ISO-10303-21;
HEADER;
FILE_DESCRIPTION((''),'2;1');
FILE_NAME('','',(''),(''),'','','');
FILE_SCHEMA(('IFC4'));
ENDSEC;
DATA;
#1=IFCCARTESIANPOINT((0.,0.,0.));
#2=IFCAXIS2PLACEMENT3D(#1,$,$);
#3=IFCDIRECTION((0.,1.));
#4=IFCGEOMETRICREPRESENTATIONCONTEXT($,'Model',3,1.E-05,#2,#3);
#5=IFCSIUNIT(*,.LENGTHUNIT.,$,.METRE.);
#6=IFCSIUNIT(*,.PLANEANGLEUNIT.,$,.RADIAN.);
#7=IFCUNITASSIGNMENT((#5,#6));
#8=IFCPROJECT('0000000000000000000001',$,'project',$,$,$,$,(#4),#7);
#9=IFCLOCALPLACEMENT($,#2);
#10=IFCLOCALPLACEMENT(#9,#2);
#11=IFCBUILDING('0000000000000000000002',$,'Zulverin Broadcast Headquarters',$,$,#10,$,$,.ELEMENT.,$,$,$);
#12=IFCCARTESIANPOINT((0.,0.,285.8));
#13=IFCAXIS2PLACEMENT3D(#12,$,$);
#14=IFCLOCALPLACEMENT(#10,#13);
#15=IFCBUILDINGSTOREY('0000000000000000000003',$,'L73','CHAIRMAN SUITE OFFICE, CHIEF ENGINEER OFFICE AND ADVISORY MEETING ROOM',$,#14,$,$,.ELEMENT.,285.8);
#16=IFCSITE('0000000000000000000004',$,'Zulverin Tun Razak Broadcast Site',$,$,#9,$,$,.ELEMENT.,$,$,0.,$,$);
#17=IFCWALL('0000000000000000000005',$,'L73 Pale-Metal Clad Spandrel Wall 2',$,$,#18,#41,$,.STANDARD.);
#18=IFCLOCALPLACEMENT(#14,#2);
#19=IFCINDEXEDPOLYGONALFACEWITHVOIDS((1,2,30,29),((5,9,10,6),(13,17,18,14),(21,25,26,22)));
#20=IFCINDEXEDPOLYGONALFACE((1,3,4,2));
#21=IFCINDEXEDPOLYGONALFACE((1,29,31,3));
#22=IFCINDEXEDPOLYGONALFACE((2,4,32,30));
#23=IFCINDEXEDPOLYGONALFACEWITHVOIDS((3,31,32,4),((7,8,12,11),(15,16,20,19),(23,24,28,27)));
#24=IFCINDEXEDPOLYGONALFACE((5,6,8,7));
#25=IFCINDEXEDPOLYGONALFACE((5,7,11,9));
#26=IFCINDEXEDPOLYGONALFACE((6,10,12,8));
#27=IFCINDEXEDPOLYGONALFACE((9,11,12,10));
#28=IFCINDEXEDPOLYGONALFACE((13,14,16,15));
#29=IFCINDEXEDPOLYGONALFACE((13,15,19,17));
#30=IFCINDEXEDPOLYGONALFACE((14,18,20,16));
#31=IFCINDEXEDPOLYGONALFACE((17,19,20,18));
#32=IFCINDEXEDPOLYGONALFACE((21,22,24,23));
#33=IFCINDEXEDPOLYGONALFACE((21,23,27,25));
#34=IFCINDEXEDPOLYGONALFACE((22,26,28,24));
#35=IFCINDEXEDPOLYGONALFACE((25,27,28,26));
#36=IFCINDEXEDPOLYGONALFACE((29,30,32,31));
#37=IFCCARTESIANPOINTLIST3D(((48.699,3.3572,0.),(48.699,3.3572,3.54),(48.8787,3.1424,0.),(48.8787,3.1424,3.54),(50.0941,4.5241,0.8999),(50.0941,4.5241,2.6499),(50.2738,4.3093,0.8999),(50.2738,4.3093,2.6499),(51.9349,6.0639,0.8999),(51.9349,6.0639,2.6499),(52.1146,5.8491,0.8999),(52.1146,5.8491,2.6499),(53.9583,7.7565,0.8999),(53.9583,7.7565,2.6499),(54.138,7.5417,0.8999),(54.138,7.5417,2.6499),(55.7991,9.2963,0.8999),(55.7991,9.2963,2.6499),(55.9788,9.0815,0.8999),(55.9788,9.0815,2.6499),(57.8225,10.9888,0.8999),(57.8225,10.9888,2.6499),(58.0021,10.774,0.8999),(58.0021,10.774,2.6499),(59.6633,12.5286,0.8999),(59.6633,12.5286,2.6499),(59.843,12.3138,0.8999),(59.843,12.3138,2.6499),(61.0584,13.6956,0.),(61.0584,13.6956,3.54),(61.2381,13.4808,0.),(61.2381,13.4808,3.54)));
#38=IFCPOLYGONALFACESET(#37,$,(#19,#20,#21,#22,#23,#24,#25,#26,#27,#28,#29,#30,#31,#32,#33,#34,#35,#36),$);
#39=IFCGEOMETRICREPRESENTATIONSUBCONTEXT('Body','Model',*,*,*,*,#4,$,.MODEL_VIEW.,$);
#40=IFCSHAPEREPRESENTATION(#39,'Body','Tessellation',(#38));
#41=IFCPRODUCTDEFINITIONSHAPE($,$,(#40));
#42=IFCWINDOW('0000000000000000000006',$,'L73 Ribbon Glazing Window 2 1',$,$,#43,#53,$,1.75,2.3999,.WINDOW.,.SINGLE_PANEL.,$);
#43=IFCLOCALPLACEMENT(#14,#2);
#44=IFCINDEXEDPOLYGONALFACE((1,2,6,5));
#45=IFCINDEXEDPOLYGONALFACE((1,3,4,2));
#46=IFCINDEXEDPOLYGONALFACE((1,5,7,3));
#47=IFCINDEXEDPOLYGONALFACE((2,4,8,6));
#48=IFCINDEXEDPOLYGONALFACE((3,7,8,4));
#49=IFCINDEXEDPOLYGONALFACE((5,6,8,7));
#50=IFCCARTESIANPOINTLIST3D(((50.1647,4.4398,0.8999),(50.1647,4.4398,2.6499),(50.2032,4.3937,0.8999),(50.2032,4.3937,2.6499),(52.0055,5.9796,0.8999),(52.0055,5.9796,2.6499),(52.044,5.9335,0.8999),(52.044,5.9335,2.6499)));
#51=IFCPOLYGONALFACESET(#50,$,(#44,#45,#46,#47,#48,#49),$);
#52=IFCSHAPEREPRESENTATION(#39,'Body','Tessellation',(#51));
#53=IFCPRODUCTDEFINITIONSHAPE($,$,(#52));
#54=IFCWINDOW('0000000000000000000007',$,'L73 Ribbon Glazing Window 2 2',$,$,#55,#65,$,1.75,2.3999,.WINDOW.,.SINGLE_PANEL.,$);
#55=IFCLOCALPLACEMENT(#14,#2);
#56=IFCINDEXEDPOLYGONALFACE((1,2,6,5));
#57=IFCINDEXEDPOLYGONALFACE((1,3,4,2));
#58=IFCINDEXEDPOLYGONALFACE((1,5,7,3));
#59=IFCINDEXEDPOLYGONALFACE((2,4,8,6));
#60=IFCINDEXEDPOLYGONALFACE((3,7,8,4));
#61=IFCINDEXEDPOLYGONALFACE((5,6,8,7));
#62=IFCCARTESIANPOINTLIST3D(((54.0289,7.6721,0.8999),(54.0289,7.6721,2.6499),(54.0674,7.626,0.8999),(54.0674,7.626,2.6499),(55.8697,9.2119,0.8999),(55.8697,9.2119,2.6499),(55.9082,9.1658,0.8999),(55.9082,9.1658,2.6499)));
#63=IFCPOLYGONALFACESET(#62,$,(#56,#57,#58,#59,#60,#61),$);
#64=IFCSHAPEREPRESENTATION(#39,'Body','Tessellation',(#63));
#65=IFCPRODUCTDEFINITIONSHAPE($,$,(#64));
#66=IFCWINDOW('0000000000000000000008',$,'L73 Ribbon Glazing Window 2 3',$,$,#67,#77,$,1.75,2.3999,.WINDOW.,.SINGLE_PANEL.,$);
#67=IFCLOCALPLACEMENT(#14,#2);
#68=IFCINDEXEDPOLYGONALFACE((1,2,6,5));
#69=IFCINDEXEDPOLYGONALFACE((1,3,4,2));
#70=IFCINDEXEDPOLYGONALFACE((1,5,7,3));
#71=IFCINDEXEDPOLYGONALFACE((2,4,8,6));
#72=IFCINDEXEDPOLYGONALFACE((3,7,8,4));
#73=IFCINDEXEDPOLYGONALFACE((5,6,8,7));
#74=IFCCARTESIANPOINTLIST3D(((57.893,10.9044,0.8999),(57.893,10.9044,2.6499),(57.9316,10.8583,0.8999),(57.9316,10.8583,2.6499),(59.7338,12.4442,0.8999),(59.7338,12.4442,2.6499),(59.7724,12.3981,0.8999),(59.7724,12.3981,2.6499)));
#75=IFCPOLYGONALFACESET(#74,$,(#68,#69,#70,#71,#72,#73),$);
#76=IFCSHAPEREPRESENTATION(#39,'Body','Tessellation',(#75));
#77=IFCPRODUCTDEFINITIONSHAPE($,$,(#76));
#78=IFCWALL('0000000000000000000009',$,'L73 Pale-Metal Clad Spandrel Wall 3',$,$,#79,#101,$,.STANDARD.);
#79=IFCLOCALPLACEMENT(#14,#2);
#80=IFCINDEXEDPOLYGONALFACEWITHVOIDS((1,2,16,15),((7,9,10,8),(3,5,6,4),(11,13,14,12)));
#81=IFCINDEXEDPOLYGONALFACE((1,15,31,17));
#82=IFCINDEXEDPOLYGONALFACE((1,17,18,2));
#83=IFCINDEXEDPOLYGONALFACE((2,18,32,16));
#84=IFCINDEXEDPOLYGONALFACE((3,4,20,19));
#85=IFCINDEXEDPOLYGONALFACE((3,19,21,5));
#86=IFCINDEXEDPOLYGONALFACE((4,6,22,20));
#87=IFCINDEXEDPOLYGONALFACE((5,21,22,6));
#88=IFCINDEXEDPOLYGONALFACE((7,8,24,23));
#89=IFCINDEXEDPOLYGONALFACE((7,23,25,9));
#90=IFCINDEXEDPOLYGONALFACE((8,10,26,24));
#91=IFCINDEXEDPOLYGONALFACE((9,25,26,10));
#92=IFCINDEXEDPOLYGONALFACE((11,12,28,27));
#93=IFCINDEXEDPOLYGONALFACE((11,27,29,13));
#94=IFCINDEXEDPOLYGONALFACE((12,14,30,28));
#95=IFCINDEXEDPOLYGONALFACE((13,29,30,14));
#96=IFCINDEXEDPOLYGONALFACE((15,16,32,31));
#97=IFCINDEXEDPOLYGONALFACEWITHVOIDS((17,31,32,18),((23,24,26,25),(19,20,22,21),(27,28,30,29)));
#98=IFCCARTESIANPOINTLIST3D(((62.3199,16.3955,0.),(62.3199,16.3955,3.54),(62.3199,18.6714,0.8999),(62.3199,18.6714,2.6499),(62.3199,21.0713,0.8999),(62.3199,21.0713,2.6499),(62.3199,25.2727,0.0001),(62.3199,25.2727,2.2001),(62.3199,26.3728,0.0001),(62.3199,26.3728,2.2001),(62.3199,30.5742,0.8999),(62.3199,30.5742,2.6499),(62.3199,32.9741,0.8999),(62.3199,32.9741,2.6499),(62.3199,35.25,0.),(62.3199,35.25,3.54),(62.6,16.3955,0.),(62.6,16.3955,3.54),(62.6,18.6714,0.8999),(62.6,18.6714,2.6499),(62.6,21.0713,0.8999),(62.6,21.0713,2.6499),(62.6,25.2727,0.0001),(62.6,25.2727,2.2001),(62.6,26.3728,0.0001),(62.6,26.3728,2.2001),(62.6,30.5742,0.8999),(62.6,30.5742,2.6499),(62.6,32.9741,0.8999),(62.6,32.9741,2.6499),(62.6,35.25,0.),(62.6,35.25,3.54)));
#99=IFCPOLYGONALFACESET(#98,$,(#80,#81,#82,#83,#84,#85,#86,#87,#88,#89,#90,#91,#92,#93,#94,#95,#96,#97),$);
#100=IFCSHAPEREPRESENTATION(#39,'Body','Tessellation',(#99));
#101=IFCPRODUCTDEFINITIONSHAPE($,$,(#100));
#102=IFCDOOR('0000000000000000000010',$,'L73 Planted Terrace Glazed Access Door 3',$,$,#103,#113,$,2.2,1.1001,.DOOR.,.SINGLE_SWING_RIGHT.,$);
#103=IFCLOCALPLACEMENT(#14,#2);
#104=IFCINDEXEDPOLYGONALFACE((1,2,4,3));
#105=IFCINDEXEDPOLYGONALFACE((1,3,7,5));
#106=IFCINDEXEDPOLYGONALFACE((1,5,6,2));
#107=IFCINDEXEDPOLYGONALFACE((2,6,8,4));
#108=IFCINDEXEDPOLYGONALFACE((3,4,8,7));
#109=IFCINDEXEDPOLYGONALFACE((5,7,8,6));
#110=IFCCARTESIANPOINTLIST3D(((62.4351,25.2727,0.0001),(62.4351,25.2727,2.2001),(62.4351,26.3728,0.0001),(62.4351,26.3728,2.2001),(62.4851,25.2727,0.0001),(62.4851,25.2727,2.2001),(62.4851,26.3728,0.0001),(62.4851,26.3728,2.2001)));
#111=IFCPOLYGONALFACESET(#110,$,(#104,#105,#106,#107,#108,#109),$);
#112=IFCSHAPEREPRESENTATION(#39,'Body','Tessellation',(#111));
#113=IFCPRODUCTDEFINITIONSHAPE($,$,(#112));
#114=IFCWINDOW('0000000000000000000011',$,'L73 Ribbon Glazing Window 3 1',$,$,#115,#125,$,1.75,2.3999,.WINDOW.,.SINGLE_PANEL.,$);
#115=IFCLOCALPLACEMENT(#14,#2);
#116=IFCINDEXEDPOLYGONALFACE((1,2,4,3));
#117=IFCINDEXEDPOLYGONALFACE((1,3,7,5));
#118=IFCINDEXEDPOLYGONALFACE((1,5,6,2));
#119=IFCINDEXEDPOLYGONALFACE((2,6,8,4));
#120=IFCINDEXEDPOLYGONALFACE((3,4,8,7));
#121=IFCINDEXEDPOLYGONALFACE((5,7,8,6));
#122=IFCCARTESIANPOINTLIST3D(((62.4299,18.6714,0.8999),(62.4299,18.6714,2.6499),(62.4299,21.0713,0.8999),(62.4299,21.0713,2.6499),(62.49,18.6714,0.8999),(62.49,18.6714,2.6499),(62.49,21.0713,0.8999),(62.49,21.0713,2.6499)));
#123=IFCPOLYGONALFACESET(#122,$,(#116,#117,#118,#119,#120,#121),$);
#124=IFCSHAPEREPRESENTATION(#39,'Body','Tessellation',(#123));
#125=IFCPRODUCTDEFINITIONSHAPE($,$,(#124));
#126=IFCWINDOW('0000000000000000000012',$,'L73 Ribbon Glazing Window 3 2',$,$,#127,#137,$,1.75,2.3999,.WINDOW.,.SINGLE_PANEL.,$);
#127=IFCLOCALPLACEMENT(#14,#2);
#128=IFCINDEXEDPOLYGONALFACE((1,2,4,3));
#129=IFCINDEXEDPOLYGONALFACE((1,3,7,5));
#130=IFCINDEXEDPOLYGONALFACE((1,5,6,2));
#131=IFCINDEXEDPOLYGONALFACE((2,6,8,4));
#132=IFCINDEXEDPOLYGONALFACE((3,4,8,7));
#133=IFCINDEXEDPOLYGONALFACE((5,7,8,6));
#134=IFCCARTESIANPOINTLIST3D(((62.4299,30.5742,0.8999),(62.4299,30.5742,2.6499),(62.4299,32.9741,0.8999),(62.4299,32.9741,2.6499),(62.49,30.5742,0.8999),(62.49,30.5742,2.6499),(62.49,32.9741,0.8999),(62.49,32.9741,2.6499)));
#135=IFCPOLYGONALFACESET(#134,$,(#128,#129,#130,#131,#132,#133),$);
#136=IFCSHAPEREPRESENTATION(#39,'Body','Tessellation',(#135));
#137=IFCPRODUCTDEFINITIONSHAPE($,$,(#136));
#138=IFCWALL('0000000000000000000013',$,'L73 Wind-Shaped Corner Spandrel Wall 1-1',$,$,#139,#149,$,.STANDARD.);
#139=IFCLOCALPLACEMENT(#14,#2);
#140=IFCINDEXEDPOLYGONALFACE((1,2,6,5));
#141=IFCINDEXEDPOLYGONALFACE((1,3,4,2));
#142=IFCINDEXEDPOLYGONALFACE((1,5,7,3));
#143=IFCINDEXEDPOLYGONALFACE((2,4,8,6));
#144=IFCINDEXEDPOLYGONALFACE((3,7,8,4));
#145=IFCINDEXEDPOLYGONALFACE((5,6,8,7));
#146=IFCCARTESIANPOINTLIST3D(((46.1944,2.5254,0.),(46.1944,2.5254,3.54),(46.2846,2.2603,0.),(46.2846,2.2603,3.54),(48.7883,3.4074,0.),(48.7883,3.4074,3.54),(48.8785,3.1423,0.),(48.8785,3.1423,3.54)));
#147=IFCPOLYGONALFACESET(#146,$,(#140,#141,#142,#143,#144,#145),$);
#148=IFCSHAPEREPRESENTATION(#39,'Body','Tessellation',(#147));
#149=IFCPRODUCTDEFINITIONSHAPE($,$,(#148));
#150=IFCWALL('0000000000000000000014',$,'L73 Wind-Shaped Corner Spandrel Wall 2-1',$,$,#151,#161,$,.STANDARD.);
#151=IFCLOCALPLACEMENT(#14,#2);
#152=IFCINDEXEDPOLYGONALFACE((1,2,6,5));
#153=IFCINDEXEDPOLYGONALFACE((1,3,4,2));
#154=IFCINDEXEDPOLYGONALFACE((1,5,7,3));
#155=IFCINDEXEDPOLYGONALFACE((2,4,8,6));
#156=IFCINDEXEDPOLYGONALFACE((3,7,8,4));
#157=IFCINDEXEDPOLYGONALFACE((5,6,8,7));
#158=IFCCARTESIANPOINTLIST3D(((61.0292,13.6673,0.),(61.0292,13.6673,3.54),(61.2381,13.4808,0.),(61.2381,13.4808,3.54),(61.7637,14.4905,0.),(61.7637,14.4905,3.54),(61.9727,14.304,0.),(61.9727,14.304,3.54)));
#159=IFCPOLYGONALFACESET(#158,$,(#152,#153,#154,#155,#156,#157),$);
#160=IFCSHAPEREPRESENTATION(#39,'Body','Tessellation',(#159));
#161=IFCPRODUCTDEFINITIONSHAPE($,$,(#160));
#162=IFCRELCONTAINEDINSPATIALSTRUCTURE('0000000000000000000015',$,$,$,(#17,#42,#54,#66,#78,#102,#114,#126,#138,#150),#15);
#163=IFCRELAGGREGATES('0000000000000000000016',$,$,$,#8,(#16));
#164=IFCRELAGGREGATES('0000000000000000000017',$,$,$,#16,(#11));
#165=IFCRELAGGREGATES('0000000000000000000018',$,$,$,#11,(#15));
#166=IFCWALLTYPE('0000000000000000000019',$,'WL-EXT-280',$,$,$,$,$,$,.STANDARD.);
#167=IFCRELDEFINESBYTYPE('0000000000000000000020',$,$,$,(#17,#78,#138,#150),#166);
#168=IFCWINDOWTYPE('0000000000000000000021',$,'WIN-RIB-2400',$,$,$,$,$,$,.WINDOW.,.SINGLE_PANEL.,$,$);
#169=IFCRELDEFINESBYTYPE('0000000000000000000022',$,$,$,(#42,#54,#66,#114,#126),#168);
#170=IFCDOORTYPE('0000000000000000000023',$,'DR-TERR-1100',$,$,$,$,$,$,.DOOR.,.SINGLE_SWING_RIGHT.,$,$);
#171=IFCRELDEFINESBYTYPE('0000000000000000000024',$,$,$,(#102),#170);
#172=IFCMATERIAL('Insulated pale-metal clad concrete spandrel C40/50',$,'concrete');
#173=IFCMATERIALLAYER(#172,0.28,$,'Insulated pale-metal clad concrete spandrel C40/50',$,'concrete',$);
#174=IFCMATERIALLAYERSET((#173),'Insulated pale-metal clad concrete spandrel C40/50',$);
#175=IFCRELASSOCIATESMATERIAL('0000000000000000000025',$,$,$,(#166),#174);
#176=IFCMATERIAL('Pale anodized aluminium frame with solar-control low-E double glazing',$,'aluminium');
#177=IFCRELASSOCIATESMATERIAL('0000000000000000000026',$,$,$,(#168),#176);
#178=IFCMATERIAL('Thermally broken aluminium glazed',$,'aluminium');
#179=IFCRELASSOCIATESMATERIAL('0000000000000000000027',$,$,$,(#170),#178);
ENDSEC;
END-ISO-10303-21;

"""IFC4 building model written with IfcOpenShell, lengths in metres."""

from ifc_helpers import new_model, si_unit, direction, frame, frame_2d, origin, place, context, subcontext, project, spatial, rectangle, extrude, material, layer, layer_set, type_object, element, fill, save


model = new_model("IFC4")

# Units and contexts
model_context = context("Model", 3, precision=1e-05, world=origin(), true_north=direction((0.0, 1.0)))
body_context = subcontext(model_context, "Body", "Model", "MODEL_VIEW")
ifc_project = project(units=[si_unit("LENGTHUNIT", "METRE"), si_unit("PLANEANGLEUNIT", "RADIAN")], contexts=[model_context])

# Site, building, storey
site_placement = place(None, origin())
site = spatial("IfcSite", under=ifc_project, at=site_placement, Name="Zulverin Tun Razak Broadcast Site", CompositionType="ELEMENT", RefElevation=0.0)
building_placement = place(site_placement, origin())
building = spatial("IfcBuilding", under=site, at=building_placement, Name="Zulverin Broadcast Headquarters", CompositionType="ELEMENT")
storey_placement = place(building_placement, frame((0.0, 0.0, 285.8)))
storey = spatial("IfcBuildingStorey", under=building, at=storey_placement, Name="L73", Description="CHAIRMAN SUITE OFFICE, CHIEF ENGINEER OFFICE AND ADVISORY MEETING ROOM", CompositionType="ELEMENT", Elevation=285.8)

# Wall, openings, windows
ifc_material_1 = material(Name="Insulated pale-metal clad concrete spandrel C40/50", Category="concrete")
ifc_layer_1 = layer(ifc_material_1, 0.28, Name="Insulated pale-metal clad concrete spandrel C40/50", Category="concrete")
ifc_layer_set_1 = layer_set([ifc_layer_1], Name="Insulated pale-metal clad concrete spandrel C40/50")
wall_type_1 = type_object("IfcWallType", Name="WL-EXT-280", PredefinedType="STANDARD", material=ifc_layer_set_1)
wall_1_placement = place(storey_placement, frame((48.7888, 3.2498, 0.0), z_axis=(0.0, 0.0, 1.0), x_axis=(0.767033, 0.641608, 0.0)))
wall_1 = element("IfcWall", 1, at=wall_1_placement, inside=storey, type_object=wall_type_1, Name="L73 Pale-Metal Clad Spandrel Wall 2", PredefinedType="STANDARD", context=body_context, shape_type="SweptSolid", body=[
    extrude(rectangle(XDim=16.1133, YDim=0.28, at=frame_2d((8.0566, 0.0))), origin(), (0.0, 0.0, 1.0), 3.54),
])
opening_1_placement = place(wall_1_placement, frame((1.8188, 0.0, 0.8999)))
opening_1 = element("IfcOpeningElement", 2, at=opening_1_placement, cuts=wall_1, PredefinedType="OPENING", context=body_context, shape_type="SweptSolid", body=[
    extrude(rectangle(XDim=2.3999, YDim=1.75, at=frame_2d((1.2, 0.875))), frame((0.0, 0.1499, 0.0), z_axis=(0.0, -1.0, 0.0), x_axis=(1.0, 0.0, 0.0)), (0.0, 0.0, 1.0), 0.3),
])
opening_2_placement = place(wall_1_placement, frame((6.8567, 0.0, 0.8999)))
opening_2 = element("IfcOpeningElement", 3, at=opening_2_placement, cuts=wall_1, PredefinedType="OPENING", context=body_context, shape_type="SweptSolid", body=[
    extrude(rectangle(XDim=2.3999, YDim=1.75, at=frame_2d((1.2, 0.875))), frame((0.0, 0.1499, 0.0), z_axis=(0.0, -1.0, 0.0), x_axis=(1.0, 0.0, 0.0)), (0.0, 0.0, 1.0), 0.3),
])
opening_3_placement = place(wall_1_placement, frame((11.8945, 0.0, 0.8999)))
opening_3 = element("IfcOpeningElement", 4, at=opening_3_placement, cuts=wall_1, PredefinedType="OPENING", context=body_context, shape_type="SweptSolid", body=[
    extrude(rectangle(XDim=2.3999, YDim=1.75, at=frame_2d((1.2, 0.875))), frame((0.0, 0.1499, 0.0), z_axis=(0.0, -1.0, 0.0), x_axis=(1.0, 0.0, 0.0)), (0.0, 0.0, 1.0), 0.3),
])
ifc_material_2 = material(Name="Pale anodized aluminium frame with solar-control low-E double glazing", Category="aluminium")
window_type = type_object("IfcWindowType", Name="WIN-RIB-2400", PartitioningType="SINGLE_PANEL", PredefinedType="WINDOW", material=ifc_material_2)
window_1_placement = place(opening_1_placement, origin())
window_1 = element("IfcWindow", 5, at=window_1_placement, inside=storey, type_object=window_type, Name="L73 Ribbon Glazing Window 2 1", OverallHeight=1.75, OverallWidth=2.3999, PartitioningType="SINGLE_PANEL", PredefinedType="WINDOW", context=body_context, shape_type="SweptSolid", body=[
    extrude(rectangle(XDim=2.3999, YDim=1.75, at=frame_2d((1.2, 0.875))), frame((0.0, 0.03, 0.0), z_axis=(0.0, -1.0, 0.0), x_axis=(1.0, 0.0, 0.0)), (0.0, 0.0, 1.0), 0.0601),
])
fill(opening_1, window_1)
window_2_placement = place(opening_2_placement, origin())
window_2 = element("IfcWindow", 6, at=window_2_placement, inside=storey, type_object=window_type, Name="L73 Ribbon Glazing Window 2 2", OverallHeight=1.75, OverallWidth=2.3999, PartitioningType="SINGLE_PANEL", PredefinedType="WINDOW", context=body_context, shape_type="SweptSolid", body=[
    extrude(rectangle(XDim=2.3999, YDim=1.75, at=frame_2d((1.2, 0.875))), frame((0.0, 0.03, 0.0), z_axis=(0.0, -1.0, 0.0), x_axis=(1.0, 0.0, 0.0)), (0.0, 0.0, 1.0), 0.0601),
])
fill(opening_2, window_2)
window_3_placement = place(opening_3_placement, origin())
window_3 = element("IfcWindow", 7, at=window_3_placement, inside=storey, type_object=window_type, Name="L73 Ribbon Glazing Window 2 3", OverallHeight=1.75, OverallWidth=2.3999, PartitioningType="SINGLE_PANEL", PredefinedType="WINDOW", context=body_context, shape_type="SweptSolid", body=[
    extrude(rectangle(XDim=2.3999, YDim=1.75, at=frame_2d((1.2, 0.875))), frame((0.0, 0.03, 0.0), z_axis=(0.0, -1.0, 0.0), x_axis=(1.0, 0.0, 0.0)), (0.0, 0.0, 1.0), 0.0601),
])
fill(opening_3, window_3)

# Wall, openings, door, windows
wall_2_placement = place(storey_placement, frame((62.46, 16.3955, 0.0), z_axis=(0.0, 0.0, 1.0), x_axis=(0.0, 1.0, 0.0)))
wall_2 = element("IfcWall", 8, at=wall_2_placement, inside=storey, type_object=wall_type_1, Name="L73 Pale-Metal Clad Spandrel Wall 3", PredefinedType="STANDARD", context=body_context, shape_type="SweptSolid", body=[
    extrude(rectangle(XDim=18.8545, YDim=0.28, at=frame_2d((9.4272, 0.0))), origin(), (0.0, 0.0, 1.0), 3.54),
])
opening_4_placement = place(wall_2_placement, frame((8.8772, 0.0, 0.0)))
opening_4 = element("IfcOpeningElement", 9, at=opening_4_placement, cuts=wall_2, PredefinedType="OPENING", context=body_context, shape_type="SweptSolid", body=[
    extrude(rectangle(XDim=1.1001, YDim=2.2, at=frame_2d((0.55, 1.1001))), frame((0.0, 0.1499, 0.0), z_axis=(0.0, -1.0, 0.0), x_axis=(1.0, 0.0, 0.0)), (0.0, 0.0, 1.0), 0.3),
])
opening_5_placement = place(wall_2_placement, frame((2.2759, 0.0, 0.8999)))
opening_5 = element("IfcOpeningElement", 10, at=opening_5_placement, cuts=wall_2, PredefinedType="OPENING", context=body_context, shape_type="SweptSolid", body=[
    extrude(rectangle(XDim=2.3999, YDim=1.75, at=frame_2d((1.2, 0.875))), frame((0.0, 0.1499, 0.0), z_axis=(0.0, -1.0, 0.0), x_axis=(1.0, 0.0, 0.0)), (0.0, 0.0, 1.0), 0.3),
])
opening_6_placement = place(wall_2_placement, frame((14.1787, 0.0, 0.8999)))
opening_6 = element("IfcOpeningElement", 11, at=opening_6_placement, cuts=wall_2, PredefinedType="OPENING", context=body_context, shape_type="SweptSolid", body=[
    extrude(rectangle(XDim=2.3999, YDim=1.75, at=frame_2d((1.2, 0.875))), frame((0.0, 0.1499, 0.0), z_axis=(0.0, -1.0, 0.0), x_axis=(1.0, 0.0, 0.0)), (0.0, 0.0, 1.0), 0.3),
])
ifc_material_3 = material(Name="Thermally broken aluminium glazed", Category="aluminium")
door_type = type_object("IfcDoorType", Name="DR-TERR-1100", OperationType="SINGLE_SWING_RIGHT", PredefinedType="DOOR", material=ifc_material_3)
door_placement = place(opening_4_placement, origin())
door = element("IfcDoor", 12, at=door_placement, inside=storey, type_object=door_type, Name="L73 Planted Terrace Glazed Access Door 3", OperationType="SINGLE_SWING_RIGHT", OverallHeight=2.2, OverallWidth=1.1001, PredefinedType="DOOR", context=body_context, shape_type="SweptSolid", body=[
    extrude(rectangle(XDim=1.1001, YDim=2.2, at=frame_2d((0.55, 1.1001))), frame((0.0, 0.0249, 0.0), z_axis=(0.0, -1.0, 0.0), x_axis=(1.0, 0.0, 0.0)), (0.0, 0.0, 1.0), 0.05),
])
fill(opening_4, door)
window_4_placement = place(opening_5_placement, origin())
window_4 = element("IfcWindow", 13, at=window_4_placement, inside=storey, type_object=window_type, Name="L73 Ribbon Glazing Window 3 1", OverallHeight=1.75, OverallWidth=2.3999, PartitioningType="SINGLE_PANEL", PredefinedType="WINDOW", context=body_context, shape_type="SweptSolid", body=[
    extrude(rectangle(XDim=2.3999, YDim=1.75, at=frame_2d((1.2, 0.875))), frame((0.0, 0.03, 0.0), z_axis=(0.0, -1.0, 0.0), x_axis=(1.0, 0.0, 0.0)), (0.0, 0.0, 1.0), 0.0601),
])
fill(opening_5, window_4)
window_5_placement = place(opening_6_placement, origin())
window_5 = element("IfcWindow", 14, at=window_5_placement, inside=storey, type_object=window_type, Name="L73 Ribbon Glazing Window 3 2", OverallHeight=1.75, OverallWidth=2.3999, PartitioningType="SINGLE_PANEL", PredefinedType="WINDOW", context=body_context, shape_type="SweptSolid", body=[
    extrude(rectangle(XDim=2.3999, YDim=1.75, at=frame_2d((1.2, 0.875))), frame((0.0, 0.03, 0.0), z_axis=(0.0, -1.0, 0.0), x_axis=(1.0, 0.0, 0.0)), (0.0, 0.0, 1.0), 0.0601),
])
fill(opening_6, window_5)

# Walls
wall_3_placement = place(storey_placement, frame((46.2395, 2.3928, 0.0), z_axis=(0.0, 0.0, 1.0), x_axis=(0.946759, 0.321943, 0.0)))
element("IfcWall", 15, at=wall_3_placement, inside=storey, type_object=wall_type_1, Name="L73 Wind-Shaped Corner Spandrel Wall 1-1", PredefinedType="STANDARD", context=body_context, shape_type="SweptSolid", body=[
    extrude(rectangle(XDim=2.7397, YDim=0.28, at=frame_2d((1.3699, 0.0))), origin(), (0.0, 0.0, 1.0), 3.54),
])
wall_4_placement = place(storey_placement, frame((61.1335, 13.574, 0.0), z_axis=(0.0, 0.0, 1.0), x_axis=(0.665805, 0.746126, 0.0)))
element("IfcWall", 16, at=wall_4_placement, inside=storey, type_object=wall_type_1, Name="L73 Wind-Shaped Corner Spandrel Wall 2-1", PredefinedType="STANDARD", context=body_context, shape_type="SweptSolid", body=[
    extrude(rectangle(XDim=1.1033, YDim=0.28, at=frame_2d((0.5518, 0.0))), origin(), (0.0, 0.0, 1.0), 3.54),
])

save(model, "model.ifc")
